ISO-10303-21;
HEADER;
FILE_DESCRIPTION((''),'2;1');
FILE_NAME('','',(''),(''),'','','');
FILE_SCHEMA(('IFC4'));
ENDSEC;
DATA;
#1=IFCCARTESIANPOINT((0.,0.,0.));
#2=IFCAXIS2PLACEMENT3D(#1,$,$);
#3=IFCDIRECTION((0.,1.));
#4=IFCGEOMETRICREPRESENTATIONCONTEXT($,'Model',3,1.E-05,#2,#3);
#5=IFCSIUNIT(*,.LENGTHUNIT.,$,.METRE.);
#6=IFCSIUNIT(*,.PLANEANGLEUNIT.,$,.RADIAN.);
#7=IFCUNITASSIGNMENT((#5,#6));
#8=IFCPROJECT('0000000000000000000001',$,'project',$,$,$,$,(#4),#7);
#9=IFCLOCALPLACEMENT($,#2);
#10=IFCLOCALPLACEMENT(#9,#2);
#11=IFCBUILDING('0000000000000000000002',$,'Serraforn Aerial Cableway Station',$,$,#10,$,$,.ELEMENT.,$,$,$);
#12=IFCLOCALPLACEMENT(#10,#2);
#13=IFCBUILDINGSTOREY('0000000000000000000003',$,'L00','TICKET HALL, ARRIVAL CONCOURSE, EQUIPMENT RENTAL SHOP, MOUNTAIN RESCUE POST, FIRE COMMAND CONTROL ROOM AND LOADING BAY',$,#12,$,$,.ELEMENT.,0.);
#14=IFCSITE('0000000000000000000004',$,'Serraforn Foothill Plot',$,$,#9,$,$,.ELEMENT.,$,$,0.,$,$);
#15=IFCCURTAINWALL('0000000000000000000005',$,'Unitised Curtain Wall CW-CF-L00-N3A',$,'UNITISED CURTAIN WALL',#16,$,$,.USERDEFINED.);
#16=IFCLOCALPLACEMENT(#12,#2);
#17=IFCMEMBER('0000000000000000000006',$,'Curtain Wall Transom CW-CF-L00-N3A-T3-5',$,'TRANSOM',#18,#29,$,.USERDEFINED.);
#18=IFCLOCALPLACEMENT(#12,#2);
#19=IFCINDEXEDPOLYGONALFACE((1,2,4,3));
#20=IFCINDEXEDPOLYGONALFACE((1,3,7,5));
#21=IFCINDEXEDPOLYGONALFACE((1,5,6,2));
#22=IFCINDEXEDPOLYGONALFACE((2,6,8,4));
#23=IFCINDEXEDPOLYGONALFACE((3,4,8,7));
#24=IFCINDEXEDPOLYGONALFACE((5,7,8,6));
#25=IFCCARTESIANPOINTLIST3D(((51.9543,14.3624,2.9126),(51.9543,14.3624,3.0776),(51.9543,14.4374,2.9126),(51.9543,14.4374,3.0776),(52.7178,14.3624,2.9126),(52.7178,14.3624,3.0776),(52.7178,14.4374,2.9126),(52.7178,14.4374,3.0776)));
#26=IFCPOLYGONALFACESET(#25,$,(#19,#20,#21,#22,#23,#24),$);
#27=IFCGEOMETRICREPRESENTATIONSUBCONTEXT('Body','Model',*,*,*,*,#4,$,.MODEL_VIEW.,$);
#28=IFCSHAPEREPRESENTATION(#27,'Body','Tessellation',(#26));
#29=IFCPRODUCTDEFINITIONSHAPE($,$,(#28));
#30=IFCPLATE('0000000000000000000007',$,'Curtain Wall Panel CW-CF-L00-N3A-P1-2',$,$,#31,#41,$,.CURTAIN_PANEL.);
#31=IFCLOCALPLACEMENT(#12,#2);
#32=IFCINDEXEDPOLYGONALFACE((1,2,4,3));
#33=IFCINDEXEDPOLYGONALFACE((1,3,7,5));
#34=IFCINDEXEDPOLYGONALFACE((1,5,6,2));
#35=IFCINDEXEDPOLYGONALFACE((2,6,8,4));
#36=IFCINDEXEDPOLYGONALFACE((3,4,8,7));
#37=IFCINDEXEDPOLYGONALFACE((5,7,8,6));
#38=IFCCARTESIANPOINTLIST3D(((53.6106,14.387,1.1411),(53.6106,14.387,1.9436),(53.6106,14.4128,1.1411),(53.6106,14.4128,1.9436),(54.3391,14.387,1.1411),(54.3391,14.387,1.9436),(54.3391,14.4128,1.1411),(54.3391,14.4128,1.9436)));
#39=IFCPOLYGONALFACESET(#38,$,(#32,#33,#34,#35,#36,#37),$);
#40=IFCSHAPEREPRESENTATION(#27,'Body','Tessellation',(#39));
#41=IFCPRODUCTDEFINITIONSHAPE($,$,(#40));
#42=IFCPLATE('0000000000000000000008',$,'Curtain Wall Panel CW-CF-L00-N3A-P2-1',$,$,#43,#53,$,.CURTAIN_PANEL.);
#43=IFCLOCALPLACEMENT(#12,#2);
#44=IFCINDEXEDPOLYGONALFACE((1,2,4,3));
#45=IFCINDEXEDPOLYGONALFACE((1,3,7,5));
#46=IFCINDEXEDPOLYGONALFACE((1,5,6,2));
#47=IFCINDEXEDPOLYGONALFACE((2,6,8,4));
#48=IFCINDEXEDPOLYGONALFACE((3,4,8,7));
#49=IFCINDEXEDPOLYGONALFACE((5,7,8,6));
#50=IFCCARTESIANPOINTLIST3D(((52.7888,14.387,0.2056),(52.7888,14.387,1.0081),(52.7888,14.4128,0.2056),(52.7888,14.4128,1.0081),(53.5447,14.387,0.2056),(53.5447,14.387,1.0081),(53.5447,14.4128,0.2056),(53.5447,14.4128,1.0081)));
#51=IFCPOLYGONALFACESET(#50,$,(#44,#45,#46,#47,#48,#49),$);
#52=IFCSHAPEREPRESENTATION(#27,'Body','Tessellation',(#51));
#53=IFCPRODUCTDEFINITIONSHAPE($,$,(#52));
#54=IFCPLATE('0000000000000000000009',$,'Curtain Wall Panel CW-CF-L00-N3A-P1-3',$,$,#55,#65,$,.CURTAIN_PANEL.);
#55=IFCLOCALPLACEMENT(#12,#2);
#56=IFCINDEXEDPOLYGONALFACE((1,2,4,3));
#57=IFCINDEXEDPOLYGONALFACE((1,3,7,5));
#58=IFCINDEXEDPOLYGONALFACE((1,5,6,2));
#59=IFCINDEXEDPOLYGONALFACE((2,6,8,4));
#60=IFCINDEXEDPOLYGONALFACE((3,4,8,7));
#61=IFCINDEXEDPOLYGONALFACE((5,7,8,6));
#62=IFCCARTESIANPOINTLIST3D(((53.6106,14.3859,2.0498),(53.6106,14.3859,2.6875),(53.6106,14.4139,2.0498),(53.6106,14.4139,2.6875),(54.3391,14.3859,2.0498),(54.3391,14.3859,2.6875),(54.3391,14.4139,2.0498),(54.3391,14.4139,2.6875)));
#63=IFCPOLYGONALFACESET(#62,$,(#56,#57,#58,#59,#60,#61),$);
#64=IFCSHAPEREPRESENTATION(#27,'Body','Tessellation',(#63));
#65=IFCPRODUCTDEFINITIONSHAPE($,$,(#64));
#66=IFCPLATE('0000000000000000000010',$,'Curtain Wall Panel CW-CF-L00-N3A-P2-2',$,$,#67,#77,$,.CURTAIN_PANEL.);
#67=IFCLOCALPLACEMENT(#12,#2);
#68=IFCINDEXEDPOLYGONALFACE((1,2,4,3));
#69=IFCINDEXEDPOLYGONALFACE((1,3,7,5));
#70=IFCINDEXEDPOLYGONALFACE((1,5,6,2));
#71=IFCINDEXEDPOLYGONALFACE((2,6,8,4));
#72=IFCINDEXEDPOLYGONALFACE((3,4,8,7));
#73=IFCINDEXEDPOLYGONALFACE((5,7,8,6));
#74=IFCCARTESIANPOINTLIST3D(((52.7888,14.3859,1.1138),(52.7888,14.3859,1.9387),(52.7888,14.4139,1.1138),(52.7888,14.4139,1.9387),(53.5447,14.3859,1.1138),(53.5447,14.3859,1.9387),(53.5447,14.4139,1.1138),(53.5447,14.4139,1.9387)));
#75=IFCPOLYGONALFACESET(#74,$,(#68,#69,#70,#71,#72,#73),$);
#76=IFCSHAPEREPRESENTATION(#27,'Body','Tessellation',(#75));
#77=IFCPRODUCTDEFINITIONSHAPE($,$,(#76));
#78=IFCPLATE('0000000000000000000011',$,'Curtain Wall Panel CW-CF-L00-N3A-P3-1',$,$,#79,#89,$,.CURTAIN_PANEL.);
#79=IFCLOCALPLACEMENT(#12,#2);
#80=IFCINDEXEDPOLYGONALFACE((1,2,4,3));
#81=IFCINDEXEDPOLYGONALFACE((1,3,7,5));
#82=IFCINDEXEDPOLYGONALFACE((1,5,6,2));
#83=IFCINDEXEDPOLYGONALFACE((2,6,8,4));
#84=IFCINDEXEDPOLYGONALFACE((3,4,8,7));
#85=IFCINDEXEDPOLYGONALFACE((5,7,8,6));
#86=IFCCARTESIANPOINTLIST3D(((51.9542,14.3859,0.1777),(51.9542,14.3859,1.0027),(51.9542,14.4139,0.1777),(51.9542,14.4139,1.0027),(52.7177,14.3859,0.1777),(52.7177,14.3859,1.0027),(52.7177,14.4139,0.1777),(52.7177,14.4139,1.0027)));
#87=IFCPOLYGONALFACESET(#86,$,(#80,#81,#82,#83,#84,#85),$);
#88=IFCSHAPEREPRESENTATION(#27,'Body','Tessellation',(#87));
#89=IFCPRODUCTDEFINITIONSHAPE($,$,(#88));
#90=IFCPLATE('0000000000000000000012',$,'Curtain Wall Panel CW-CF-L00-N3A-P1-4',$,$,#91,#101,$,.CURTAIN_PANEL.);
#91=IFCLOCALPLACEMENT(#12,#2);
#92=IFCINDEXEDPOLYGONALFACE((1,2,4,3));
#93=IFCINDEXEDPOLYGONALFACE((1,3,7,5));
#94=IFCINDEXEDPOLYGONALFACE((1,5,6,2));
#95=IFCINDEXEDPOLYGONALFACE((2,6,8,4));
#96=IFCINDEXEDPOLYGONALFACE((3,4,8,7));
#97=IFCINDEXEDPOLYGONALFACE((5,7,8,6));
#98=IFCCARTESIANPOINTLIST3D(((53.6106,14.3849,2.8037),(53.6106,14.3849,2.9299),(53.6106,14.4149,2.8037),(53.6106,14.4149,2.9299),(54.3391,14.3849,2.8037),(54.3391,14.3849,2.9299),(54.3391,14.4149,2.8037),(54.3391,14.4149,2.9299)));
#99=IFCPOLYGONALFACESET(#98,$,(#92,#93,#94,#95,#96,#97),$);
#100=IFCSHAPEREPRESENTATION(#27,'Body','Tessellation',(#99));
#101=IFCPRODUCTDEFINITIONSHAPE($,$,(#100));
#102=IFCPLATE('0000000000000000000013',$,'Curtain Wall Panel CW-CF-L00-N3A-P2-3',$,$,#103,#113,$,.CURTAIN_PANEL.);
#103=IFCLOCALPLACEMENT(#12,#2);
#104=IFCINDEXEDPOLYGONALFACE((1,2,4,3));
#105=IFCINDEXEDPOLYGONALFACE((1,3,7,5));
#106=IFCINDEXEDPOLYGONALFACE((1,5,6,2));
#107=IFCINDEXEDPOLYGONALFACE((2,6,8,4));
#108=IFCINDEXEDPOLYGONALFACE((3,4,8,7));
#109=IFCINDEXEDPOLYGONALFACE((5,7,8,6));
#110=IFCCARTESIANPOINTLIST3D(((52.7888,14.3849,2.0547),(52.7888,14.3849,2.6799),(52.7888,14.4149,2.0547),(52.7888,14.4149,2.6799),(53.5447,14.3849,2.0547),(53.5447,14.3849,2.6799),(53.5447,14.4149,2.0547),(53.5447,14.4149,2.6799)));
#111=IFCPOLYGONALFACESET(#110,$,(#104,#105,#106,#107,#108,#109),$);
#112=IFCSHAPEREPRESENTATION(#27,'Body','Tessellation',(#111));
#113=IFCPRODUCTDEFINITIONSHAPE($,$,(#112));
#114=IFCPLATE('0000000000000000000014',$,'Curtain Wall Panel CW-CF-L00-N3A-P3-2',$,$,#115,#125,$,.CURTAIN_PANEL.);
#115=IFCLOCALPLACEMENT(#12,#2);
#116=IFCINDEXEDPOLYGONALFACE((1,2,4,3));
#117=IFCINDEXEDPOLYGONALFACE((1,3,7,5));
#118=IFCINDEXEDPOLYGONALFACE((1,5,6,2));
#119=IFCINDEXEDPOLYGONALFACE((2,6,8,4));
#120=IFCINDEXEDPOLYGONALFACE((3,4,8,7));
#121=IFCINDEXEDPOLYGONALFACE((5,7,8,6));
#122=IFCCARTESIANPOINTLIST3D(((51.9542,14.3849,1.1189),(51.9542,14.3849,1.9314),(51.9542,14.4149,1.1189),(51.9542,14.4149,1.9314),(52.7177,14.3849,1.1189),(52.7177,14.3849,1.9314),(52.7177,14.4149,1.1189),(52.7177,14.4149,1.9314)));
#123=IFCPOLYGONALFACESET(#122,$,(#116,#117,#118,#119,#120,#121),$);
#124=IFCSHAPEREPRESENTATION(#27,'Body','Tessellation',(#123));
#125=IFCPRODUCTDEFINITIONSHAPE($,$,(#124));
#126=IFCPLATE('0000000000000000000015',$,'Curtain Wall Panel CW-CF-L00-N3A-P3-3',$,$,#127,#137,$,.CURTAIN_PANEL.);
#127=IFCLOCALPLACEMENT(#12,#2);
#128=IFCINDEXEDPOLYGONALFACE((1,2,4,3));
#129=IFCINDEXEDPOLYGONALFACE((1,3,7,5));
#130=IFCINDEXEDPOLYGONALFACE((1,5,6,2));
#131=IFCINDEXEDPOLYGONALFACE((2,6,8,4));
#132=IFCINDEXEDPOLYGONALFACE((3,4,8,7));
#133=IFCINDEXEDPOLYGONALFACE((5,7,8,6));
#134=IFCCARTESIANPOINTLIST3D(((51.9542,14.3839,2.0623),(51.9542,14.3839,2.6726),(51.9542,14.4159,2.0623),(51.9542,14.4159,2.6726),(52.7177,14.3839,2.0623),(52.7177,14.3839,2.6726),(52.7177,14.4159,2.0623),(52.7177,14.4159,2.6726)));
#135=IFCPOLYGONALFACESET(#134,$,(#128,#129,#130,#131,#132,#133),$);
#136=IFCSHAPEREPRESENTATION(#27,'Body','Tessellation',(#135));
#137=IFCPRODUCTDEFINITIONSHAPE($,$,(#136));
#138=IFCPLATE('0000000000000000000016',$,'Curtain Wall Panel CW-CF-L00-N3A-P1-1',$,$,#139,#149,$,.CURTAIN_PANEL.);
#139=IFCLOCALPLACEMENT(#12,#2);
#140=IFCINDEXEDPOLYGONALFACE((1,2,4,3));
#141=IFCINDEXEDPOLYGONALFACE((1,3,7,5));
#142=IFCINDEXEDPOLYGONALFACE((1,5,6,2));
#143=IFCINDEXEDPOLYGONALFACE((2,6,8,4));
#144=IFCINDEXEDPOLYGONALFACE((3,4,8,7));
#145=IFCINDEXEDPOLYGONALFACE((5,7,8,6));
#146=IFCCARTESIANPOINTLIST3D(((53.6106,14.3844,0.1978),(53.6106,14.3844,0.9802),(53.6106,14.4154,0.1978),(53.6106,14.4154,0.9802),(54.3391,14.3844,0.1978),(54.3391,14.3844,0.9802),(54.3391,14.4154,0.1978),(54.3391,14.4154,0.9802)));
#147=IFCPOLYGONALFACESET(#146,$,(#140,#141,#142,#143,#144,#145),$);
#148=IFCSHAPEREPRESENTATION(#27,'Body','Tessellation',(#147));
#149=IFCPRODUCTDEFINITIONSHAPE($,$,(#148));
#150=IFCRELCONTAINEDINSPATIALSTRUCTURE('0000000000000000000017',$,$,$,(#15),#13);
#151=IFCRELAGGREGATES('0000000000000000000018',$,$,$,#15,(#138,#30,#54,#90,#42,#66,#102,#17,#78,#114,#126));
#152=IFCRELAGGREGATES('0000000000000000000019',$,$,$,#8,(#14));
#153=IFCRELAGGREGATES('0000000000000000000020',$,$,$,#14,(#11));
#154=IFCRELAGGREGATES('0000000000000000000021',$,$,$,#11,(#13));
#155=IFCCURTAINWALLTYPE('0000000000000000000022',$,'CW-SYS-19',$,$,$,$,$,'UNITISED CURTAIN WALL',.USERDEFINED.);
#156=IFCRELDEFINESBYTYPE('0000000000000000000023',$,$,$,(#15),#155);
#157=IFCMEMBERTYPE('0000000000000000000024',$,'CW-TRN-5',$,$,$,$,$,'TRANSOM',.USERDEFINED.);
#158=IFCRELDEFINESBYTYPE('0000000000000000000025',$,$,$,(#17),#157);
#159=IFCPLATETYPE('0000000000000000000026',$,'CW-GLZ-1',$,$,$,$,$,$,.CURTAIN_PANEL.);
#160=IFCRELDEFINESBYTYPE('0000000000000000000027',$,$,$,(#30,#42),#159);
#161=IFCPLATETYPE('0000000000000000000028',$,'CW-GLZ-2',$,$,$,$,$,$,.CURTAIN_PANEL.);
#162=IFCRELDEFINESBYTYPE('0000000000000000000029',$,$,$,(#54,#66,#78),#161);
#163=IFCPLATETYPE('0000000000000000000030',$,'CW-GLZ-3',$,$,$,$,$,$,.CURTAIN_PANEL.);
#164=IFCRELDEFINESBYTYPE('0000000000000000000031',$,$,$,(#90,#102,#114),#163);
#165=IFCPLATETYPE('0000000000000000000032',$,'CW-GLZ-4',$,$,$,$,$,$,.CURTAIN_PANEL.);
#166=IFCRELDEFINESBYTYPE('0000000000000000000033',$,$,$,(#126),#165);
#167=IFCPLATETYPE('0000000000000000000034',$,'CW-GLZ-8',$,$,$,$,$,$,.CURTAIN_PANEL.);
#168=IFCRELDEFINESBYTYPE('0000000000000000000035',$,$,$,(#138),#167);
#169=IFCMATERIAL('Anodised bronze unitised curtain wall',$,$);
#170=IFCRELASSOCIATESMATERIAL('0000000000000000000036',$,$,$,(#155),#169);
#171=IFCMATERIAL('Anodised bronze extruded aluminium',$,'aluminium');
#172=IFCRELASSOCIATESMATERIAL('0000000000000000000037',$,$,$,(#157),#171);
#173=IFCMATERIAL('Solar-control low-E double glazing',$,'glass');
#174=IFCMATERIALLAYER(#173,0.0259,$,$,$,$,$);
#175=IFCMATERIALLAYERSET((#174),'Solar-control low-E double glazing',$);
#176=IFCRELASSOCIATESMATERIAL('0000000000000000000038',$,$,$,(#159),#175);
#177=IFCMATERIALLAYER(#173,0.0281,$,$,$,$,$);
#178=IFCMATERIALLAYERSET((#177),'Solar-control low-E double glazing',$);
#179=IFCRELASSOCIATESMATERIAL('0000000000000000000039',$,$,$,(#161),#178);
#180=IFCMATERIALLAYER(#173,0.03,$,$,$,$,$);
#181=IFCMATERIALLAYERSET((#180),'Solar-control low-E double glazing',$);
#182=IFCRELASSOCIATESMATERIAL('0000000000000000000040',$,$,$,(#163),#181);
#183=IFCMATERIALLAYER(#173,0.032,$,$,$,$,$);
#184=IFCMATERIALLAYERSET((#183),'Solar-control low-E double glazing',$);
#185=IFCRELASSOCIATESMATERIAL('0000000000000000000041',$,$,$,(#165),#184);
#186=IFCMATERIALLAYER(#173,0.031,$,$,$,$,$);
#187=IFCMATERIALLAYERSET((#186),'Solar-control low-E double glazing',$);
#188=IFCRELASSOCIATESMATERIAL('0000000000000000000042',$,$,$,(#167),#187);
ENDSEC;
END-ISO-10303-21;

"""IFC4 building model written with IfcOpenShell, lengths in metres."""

from ifc_helpers import new_model, si_unit, direction, frame, origin, origin_2d, place, context, subcontext, project, spatial, rectangle, extrude, material, layer, layer_set, material_profile, profile_set, type_object, element, aggregate, save


model = new_model("IFC4")

# Units and contexts
model_context = context("Model", 3, precision=1e-05, world=origin(), true_north=direction((0.0, 1.0)))
body_context = subcontext(model_context, "Body", "Model", "MODEL_VIEW")
ifc_project = project(units=[si_unit("LENGTHUNIT", "METRE"), si_unit("PLANEANGLEUNIT", "RADIAN")], contexts=[model_context])

# Site, building, storey
site_placement = place(None, origin())
site = spatial("IfcSite", under=ifc_project, at=site_placement, Name="Serraforn Foothill Plot", CompositionType="ELEMENT", RefElevation=0.0)
building_placement = place(site_placement, origin())
building = spatial("IfcBuilding", under=site, at=building_placement, Name="Serraforn Aerial Cableway Station", CompositionType="ELEMENT")
storey_placement = place(building_placement, origin())
storey = spatial("IfcBuildingStorey", under=building, at=storey_placement, Name="L00", Description="TICKET HALL, ARRIVAL CONCOURSE, EQUIPMENT RENTAL SHOP, MOUNTAIN RESCUE POST, FIRE COMMAND CONTROL ROOM AND LOADING BAY", CompositionType="ELEMENT", Elevation=0.0)

# Curtain wall, member, plates
ifc_material_1 = material(Name="Anodised bronze unitised curtain wall")
curtain_wall_type = type_object("IfcCurtainWallType", Name="CW-SYS-19", ElementType="UNITISED CURTAIN WALL", PredefinedType="USERDEFINED", material=ifc_material_1)
curtain_wall_placement = place(storey_placement, origin())
curtain_wall = element("IfcCurtainWall", 1, at=curtain_wall_placement, inside=storey, type_object=curtain_wall_type, Name="Unitised Curtain Wall CW-CF-L00-N3A", ObjectType="UNITISED CURTAIN WALL", PredefinedType="USERDEFINED")
ifc_material_2 = material(Name="Anodised bronze extruded aluminium", Category="aluminium")
ifc_material_profile_1 = material_profile(ifc_material_2, rectangle(XDim=0.075, YDim=0.165, at=origin_2d()), Name="CW TRANSOM 75x165")
ifc_profile_set_1 = profile_set([ifc_material_profile_1], Name="Anodised bronze extruded aluminium")
member_type_1 = type_object("IfcMemberType", Name="CW-TRN-5", ElementType="TRANSOM", PredefinedType="USERDEFINED", material=ifc_profile_set_1)
member_1_placement = place(storey_placement, frame((52.7178, 14.3999, 2.9951), z_axis=(-1.0, 0.0, 0.0), x_axis=(0.0, -1.0, 0.0)))
member_1 = element("IfcMember", 2, at=member_1_placement, type_object=member_type_1, Name="Curtain Wall Transom CW-CF-L00-N3A-T3-5", ObjectType="TRANSOM", PredefinedType="USERDEFINED", context=body_context, shape_type="SweptSolid", body=[
    extrude(rectangle(XDim=0.075, YDim=0.165, at=origin_2d()), origin(), (0.0, 0.0, 1.0), 0.7634),
])
ifc_material_3 = material(Name="Solar-control low-E double glazing", Category="glass")
ifc_layer_1 = layer(ifc_material_3, 0.0259)
ifc_layer_set_1 = layer_set([ifc_layer_1], Name="Solar-control low-E double glazing")
plate_type_1 = type_object("IfcPlateType", Name="CW-GLZ-1", PredefinedType="CURTAIN_PANEL", material=ifc_layer_set_1)
plate_1_placement = place(storey_placement, frame((53.9749, 14.3999, 1.1411), z_axis=(0.0, 0.0, 1.0), x_axis=(1.0, 0.0, 0.0)))
plate_1 = element("IfcPlate", 3, at=plate_1_placement, type_object=plate_type_1, Name="Curtain Wall Panel CW-CF-L00-N3A-P1-2", PredefinedType="CURTAIN_PANEL", context=body_context, shape_type="SweptSolid", body=[
    extrude(rectangle(XDim=0.7285, YDim=0.0259, at=origin_2d()), origin(), (0.0, 0.0, 1.0), 0.8025),
])
plate_2_placement = place(storey_placement, frame((53.1667, 14.3999, 0.2056), z_axis=(0.0, 0.0, 1.0), x_axis=(1.0, 0.0, 0.0)))
plate_2 = element("IfcPlate", 4, at=plate_2_placement, type_object=plate_type_1, Name="Curtain Wall Panel CW-CF-L00-N3A-P2-1", PredefinedType="CURTAIN_PANEL", context=body_context, shape_type="SweptSolid", body=[
    extrude(rectangle(XDim=0.7559, YDim=0.0259, at=origin_2d()), origin(), (0.0, 0.0, 1.0), 0.8025),
])
ifc_layer_2 = layer(ifc_material_3, 0.0281)
ifc_layer_set_2 = layer_set([ifc_layer_2], Name="Solar-control low-E double glazing")
plate_type_2 = type_object("IfcPlateType", Name="CW-GLZ-2", PredefinedType="CURTAIN_PANEL", material=ifc_layer_set_2)
plate_3_placement = place(storey_placement, frame((53.9749, 14.3999, 2.0498), z_axis=(0.0, 0.0, 1.0), x_axis=(1.0, 0.0, 0.0)))
plate_3 = element("IfcPlate", 5, at=plate_3_placement, type_object=plate_type_2, Name="Curtain Wall Panel CW-CF-L00-N3A-P1-3", PredefinedType="CURTAIN_PANEL", context=body_context, shape_type="SweptSolid", body=[
    extrude(rectangle(XDim=0.7285, YDim=0.0281, at=origin_2d()), origin(), (0.0, 0.0, 1.0), 0.6377),
])
plate_4_placement = place(storey_placement, frame((53.1667, 14.3999, 1.1138), z_axis=(0.0, 0.0, 1.0), x_axis=(1.0, 0.0, 0.0)))
plate_4 = element("IfcPlate", 6, at=plate_4_placement, type_object=plate_type_2, Name="Curtain Wall Panel CW-CF-L00-N3A-P2-2", PredefinedType="CURTAIN_PANEL", context=body_context, shape_type="SweptSolid", body=[
    extrude(rectangle(XDim=0.7559, YDim=0.0281, at=origin_2d()), origin(), (0.0, 0.0, 1.0), 0.825),
])
plate_5_placement = place(storey_placement, frame((52.3359, 14.3999, 0.1777), z_axis=(0.0, 0.0, 1.0), x_axis=(1.0, 0.0, 0.0)))
plate_5 = element("IfcPlate", 7, at=plate_5_placement, type_object=plate_type_2, Name="Curtain Wall Panel CW-CF-L00-N3A-P3-1", PredefinedType="CURTAIN_PANEL", context=body_context, shape_type="SweptSolid", body=[
    extrude(rectangle(XDim=0.7634, YDim=0.0281, at=origin_2d()), origin(), (0.0, 0.0, 1.0), 0.825),
])
ifc_layer_3 = layer(ifc_material_3, 0.03)
ifc_layer_set_3 = layer_set([ifc_layer_3], Name="Solar-control low-E double glazing")
plate_type_3 = type_object("IfcPlateType", Name="CW-GLZ-3", PredefinedType="CURTAIN_PANEL", material=ifc_layer_set_3)
plate_6_placement = place(storey_placement, frame((53.9749, 14.3999, 2.8037), z_axis=(0.0, 0.0, 1.0), x_axis=(1.0, 0.0, 0.0)))
plate_6 = element("IfcPlate", 8, at=plate_6_placement, type_object=plate_type_3, Name="Curtain Wall Panel CW-CF-L00-N3A-P1-4", PredefinedType="CURTAIN_PANEL", context=body_context, shape_type="SweptSolid", body=[
    extrude(rectangle(XDim=0.7285, YDim=0.03, at=origin_2d()), origin(), (0.0, 0.0, 1.0), 0.1262),
])
plate_7_placement = place(storey_placement, frame((53.1667, 14.3999, 2.0547), z_axis=(0.0, 0.0, 1.0), x_axis=(1.0, 0.0, 0.0)))
plate_7 = element("IfcPlate", 9, at=plate_7_placement, type_object=plate_type_3, Name="Curtain Wall Panel CW-CF-L00-N3A-P2-3", PredefinedType="CURTAIN_PANEL", context=body_context, shape_type="SweptSolid", body=[
    extrude(rectangle(XDim=0.7559, YDim=0.03, at=origin_2d()), origin(), (0.0, 0.0, 1.0), 0.6252),
])
plate_8_placement = place(storey_placement, frame((52.3359, 14.3999, 1.1189), z_axis=(0.0, 0.0, 1.0), x_axis=(1.0, 0.0, 0.0)))
plate_8 = element("IfcPlate", 10, at=plate_8_placement, type_object=plate_type_3, Name="Curtain Wall Panel CW-CF-L00-N3A-P3-2", PredefinedType="CURTAIN_PANEL", context=body_context, shape_type="SweptSolid", body=[
    extrude(rectangle(XDim=0.7634, YDim=0.03, at=origin_2d()), origin(), (0.0, 0.0, 1.0), 0.8125),
])
ifc_layer_4 = layer(ifc_material_3, 0.032)
ifc_layer_set_4 = layer_set([ifc_layer_4], Name="Solar-control low-E double glazing")
plate_type_4 = type_object("IfcPlateType", Name="CW-GLZ-4", PredefinedType="CURTAIN_PANEL", material=ifc_layer_set_4)
plate_9_placement = place(storey_placement, frame((52.3359, 14.3999, 2.0623), z_axis=(0.0, 0.0, 1.0), x_axis=(1.0, 0.0, 0.0)))
plate_9 = element("IfcPlate", 11, at=plate_9_placement, type_object=plate_type_4, Name="Curtain Wall Panel CW-CF-L00-N3A-P3-3", PredefinedType="CURTAIN_PANEL", context=body_context, shape_type="SweptSolid", body=[
    extrude(rectangle(XDim=0.7634, YDim=0.032, at=origin_2d()), origin(), (0.0, 0.0, 1.0), 0.6104),
])
ifc_layer_5 = layer(ifc_material_3, 0.031)
ifc_layer_set_5 = layer_set([ifc_layer_5], Name="Solar-control low-E double glazing")
plate_type_5 = type_object("IfcPlateType", Name="CW-GLZ-8", PredefinedType="CURTAIN_PANEL", material=ifc_layer_set_5)
plate_10_placement = place(storey_placement, frame((53.9749, 14.3999, 0.1978), z_axis=(0.0, 0.0, 1.0), x_axis=(1.0, 0.0, 0.0)))
plate_10 = element("IfcPlate", 12, at=plate_10_placement, type_object=plate_type_5, Name="Curtain Wall Panel CW-CF-L00-N3A-P1-1", PredefinedType="CURTAIN_PANEL", context=body_context, shape_type="SweptSolid", body=[
    extrude(rectangle(XDim=0.7285, YDim=0.031, at=origin_2d()), origin(), (0.0, 0.0, 1.0), 0.7825),
])
aggregate(curtain_wall, [plate_10, plate_1, plate_3, plate_6, plate_2, plate_4, plate_7, member_1, plate_5, plate_8, plate_9])

save(model, "model.ifc")
